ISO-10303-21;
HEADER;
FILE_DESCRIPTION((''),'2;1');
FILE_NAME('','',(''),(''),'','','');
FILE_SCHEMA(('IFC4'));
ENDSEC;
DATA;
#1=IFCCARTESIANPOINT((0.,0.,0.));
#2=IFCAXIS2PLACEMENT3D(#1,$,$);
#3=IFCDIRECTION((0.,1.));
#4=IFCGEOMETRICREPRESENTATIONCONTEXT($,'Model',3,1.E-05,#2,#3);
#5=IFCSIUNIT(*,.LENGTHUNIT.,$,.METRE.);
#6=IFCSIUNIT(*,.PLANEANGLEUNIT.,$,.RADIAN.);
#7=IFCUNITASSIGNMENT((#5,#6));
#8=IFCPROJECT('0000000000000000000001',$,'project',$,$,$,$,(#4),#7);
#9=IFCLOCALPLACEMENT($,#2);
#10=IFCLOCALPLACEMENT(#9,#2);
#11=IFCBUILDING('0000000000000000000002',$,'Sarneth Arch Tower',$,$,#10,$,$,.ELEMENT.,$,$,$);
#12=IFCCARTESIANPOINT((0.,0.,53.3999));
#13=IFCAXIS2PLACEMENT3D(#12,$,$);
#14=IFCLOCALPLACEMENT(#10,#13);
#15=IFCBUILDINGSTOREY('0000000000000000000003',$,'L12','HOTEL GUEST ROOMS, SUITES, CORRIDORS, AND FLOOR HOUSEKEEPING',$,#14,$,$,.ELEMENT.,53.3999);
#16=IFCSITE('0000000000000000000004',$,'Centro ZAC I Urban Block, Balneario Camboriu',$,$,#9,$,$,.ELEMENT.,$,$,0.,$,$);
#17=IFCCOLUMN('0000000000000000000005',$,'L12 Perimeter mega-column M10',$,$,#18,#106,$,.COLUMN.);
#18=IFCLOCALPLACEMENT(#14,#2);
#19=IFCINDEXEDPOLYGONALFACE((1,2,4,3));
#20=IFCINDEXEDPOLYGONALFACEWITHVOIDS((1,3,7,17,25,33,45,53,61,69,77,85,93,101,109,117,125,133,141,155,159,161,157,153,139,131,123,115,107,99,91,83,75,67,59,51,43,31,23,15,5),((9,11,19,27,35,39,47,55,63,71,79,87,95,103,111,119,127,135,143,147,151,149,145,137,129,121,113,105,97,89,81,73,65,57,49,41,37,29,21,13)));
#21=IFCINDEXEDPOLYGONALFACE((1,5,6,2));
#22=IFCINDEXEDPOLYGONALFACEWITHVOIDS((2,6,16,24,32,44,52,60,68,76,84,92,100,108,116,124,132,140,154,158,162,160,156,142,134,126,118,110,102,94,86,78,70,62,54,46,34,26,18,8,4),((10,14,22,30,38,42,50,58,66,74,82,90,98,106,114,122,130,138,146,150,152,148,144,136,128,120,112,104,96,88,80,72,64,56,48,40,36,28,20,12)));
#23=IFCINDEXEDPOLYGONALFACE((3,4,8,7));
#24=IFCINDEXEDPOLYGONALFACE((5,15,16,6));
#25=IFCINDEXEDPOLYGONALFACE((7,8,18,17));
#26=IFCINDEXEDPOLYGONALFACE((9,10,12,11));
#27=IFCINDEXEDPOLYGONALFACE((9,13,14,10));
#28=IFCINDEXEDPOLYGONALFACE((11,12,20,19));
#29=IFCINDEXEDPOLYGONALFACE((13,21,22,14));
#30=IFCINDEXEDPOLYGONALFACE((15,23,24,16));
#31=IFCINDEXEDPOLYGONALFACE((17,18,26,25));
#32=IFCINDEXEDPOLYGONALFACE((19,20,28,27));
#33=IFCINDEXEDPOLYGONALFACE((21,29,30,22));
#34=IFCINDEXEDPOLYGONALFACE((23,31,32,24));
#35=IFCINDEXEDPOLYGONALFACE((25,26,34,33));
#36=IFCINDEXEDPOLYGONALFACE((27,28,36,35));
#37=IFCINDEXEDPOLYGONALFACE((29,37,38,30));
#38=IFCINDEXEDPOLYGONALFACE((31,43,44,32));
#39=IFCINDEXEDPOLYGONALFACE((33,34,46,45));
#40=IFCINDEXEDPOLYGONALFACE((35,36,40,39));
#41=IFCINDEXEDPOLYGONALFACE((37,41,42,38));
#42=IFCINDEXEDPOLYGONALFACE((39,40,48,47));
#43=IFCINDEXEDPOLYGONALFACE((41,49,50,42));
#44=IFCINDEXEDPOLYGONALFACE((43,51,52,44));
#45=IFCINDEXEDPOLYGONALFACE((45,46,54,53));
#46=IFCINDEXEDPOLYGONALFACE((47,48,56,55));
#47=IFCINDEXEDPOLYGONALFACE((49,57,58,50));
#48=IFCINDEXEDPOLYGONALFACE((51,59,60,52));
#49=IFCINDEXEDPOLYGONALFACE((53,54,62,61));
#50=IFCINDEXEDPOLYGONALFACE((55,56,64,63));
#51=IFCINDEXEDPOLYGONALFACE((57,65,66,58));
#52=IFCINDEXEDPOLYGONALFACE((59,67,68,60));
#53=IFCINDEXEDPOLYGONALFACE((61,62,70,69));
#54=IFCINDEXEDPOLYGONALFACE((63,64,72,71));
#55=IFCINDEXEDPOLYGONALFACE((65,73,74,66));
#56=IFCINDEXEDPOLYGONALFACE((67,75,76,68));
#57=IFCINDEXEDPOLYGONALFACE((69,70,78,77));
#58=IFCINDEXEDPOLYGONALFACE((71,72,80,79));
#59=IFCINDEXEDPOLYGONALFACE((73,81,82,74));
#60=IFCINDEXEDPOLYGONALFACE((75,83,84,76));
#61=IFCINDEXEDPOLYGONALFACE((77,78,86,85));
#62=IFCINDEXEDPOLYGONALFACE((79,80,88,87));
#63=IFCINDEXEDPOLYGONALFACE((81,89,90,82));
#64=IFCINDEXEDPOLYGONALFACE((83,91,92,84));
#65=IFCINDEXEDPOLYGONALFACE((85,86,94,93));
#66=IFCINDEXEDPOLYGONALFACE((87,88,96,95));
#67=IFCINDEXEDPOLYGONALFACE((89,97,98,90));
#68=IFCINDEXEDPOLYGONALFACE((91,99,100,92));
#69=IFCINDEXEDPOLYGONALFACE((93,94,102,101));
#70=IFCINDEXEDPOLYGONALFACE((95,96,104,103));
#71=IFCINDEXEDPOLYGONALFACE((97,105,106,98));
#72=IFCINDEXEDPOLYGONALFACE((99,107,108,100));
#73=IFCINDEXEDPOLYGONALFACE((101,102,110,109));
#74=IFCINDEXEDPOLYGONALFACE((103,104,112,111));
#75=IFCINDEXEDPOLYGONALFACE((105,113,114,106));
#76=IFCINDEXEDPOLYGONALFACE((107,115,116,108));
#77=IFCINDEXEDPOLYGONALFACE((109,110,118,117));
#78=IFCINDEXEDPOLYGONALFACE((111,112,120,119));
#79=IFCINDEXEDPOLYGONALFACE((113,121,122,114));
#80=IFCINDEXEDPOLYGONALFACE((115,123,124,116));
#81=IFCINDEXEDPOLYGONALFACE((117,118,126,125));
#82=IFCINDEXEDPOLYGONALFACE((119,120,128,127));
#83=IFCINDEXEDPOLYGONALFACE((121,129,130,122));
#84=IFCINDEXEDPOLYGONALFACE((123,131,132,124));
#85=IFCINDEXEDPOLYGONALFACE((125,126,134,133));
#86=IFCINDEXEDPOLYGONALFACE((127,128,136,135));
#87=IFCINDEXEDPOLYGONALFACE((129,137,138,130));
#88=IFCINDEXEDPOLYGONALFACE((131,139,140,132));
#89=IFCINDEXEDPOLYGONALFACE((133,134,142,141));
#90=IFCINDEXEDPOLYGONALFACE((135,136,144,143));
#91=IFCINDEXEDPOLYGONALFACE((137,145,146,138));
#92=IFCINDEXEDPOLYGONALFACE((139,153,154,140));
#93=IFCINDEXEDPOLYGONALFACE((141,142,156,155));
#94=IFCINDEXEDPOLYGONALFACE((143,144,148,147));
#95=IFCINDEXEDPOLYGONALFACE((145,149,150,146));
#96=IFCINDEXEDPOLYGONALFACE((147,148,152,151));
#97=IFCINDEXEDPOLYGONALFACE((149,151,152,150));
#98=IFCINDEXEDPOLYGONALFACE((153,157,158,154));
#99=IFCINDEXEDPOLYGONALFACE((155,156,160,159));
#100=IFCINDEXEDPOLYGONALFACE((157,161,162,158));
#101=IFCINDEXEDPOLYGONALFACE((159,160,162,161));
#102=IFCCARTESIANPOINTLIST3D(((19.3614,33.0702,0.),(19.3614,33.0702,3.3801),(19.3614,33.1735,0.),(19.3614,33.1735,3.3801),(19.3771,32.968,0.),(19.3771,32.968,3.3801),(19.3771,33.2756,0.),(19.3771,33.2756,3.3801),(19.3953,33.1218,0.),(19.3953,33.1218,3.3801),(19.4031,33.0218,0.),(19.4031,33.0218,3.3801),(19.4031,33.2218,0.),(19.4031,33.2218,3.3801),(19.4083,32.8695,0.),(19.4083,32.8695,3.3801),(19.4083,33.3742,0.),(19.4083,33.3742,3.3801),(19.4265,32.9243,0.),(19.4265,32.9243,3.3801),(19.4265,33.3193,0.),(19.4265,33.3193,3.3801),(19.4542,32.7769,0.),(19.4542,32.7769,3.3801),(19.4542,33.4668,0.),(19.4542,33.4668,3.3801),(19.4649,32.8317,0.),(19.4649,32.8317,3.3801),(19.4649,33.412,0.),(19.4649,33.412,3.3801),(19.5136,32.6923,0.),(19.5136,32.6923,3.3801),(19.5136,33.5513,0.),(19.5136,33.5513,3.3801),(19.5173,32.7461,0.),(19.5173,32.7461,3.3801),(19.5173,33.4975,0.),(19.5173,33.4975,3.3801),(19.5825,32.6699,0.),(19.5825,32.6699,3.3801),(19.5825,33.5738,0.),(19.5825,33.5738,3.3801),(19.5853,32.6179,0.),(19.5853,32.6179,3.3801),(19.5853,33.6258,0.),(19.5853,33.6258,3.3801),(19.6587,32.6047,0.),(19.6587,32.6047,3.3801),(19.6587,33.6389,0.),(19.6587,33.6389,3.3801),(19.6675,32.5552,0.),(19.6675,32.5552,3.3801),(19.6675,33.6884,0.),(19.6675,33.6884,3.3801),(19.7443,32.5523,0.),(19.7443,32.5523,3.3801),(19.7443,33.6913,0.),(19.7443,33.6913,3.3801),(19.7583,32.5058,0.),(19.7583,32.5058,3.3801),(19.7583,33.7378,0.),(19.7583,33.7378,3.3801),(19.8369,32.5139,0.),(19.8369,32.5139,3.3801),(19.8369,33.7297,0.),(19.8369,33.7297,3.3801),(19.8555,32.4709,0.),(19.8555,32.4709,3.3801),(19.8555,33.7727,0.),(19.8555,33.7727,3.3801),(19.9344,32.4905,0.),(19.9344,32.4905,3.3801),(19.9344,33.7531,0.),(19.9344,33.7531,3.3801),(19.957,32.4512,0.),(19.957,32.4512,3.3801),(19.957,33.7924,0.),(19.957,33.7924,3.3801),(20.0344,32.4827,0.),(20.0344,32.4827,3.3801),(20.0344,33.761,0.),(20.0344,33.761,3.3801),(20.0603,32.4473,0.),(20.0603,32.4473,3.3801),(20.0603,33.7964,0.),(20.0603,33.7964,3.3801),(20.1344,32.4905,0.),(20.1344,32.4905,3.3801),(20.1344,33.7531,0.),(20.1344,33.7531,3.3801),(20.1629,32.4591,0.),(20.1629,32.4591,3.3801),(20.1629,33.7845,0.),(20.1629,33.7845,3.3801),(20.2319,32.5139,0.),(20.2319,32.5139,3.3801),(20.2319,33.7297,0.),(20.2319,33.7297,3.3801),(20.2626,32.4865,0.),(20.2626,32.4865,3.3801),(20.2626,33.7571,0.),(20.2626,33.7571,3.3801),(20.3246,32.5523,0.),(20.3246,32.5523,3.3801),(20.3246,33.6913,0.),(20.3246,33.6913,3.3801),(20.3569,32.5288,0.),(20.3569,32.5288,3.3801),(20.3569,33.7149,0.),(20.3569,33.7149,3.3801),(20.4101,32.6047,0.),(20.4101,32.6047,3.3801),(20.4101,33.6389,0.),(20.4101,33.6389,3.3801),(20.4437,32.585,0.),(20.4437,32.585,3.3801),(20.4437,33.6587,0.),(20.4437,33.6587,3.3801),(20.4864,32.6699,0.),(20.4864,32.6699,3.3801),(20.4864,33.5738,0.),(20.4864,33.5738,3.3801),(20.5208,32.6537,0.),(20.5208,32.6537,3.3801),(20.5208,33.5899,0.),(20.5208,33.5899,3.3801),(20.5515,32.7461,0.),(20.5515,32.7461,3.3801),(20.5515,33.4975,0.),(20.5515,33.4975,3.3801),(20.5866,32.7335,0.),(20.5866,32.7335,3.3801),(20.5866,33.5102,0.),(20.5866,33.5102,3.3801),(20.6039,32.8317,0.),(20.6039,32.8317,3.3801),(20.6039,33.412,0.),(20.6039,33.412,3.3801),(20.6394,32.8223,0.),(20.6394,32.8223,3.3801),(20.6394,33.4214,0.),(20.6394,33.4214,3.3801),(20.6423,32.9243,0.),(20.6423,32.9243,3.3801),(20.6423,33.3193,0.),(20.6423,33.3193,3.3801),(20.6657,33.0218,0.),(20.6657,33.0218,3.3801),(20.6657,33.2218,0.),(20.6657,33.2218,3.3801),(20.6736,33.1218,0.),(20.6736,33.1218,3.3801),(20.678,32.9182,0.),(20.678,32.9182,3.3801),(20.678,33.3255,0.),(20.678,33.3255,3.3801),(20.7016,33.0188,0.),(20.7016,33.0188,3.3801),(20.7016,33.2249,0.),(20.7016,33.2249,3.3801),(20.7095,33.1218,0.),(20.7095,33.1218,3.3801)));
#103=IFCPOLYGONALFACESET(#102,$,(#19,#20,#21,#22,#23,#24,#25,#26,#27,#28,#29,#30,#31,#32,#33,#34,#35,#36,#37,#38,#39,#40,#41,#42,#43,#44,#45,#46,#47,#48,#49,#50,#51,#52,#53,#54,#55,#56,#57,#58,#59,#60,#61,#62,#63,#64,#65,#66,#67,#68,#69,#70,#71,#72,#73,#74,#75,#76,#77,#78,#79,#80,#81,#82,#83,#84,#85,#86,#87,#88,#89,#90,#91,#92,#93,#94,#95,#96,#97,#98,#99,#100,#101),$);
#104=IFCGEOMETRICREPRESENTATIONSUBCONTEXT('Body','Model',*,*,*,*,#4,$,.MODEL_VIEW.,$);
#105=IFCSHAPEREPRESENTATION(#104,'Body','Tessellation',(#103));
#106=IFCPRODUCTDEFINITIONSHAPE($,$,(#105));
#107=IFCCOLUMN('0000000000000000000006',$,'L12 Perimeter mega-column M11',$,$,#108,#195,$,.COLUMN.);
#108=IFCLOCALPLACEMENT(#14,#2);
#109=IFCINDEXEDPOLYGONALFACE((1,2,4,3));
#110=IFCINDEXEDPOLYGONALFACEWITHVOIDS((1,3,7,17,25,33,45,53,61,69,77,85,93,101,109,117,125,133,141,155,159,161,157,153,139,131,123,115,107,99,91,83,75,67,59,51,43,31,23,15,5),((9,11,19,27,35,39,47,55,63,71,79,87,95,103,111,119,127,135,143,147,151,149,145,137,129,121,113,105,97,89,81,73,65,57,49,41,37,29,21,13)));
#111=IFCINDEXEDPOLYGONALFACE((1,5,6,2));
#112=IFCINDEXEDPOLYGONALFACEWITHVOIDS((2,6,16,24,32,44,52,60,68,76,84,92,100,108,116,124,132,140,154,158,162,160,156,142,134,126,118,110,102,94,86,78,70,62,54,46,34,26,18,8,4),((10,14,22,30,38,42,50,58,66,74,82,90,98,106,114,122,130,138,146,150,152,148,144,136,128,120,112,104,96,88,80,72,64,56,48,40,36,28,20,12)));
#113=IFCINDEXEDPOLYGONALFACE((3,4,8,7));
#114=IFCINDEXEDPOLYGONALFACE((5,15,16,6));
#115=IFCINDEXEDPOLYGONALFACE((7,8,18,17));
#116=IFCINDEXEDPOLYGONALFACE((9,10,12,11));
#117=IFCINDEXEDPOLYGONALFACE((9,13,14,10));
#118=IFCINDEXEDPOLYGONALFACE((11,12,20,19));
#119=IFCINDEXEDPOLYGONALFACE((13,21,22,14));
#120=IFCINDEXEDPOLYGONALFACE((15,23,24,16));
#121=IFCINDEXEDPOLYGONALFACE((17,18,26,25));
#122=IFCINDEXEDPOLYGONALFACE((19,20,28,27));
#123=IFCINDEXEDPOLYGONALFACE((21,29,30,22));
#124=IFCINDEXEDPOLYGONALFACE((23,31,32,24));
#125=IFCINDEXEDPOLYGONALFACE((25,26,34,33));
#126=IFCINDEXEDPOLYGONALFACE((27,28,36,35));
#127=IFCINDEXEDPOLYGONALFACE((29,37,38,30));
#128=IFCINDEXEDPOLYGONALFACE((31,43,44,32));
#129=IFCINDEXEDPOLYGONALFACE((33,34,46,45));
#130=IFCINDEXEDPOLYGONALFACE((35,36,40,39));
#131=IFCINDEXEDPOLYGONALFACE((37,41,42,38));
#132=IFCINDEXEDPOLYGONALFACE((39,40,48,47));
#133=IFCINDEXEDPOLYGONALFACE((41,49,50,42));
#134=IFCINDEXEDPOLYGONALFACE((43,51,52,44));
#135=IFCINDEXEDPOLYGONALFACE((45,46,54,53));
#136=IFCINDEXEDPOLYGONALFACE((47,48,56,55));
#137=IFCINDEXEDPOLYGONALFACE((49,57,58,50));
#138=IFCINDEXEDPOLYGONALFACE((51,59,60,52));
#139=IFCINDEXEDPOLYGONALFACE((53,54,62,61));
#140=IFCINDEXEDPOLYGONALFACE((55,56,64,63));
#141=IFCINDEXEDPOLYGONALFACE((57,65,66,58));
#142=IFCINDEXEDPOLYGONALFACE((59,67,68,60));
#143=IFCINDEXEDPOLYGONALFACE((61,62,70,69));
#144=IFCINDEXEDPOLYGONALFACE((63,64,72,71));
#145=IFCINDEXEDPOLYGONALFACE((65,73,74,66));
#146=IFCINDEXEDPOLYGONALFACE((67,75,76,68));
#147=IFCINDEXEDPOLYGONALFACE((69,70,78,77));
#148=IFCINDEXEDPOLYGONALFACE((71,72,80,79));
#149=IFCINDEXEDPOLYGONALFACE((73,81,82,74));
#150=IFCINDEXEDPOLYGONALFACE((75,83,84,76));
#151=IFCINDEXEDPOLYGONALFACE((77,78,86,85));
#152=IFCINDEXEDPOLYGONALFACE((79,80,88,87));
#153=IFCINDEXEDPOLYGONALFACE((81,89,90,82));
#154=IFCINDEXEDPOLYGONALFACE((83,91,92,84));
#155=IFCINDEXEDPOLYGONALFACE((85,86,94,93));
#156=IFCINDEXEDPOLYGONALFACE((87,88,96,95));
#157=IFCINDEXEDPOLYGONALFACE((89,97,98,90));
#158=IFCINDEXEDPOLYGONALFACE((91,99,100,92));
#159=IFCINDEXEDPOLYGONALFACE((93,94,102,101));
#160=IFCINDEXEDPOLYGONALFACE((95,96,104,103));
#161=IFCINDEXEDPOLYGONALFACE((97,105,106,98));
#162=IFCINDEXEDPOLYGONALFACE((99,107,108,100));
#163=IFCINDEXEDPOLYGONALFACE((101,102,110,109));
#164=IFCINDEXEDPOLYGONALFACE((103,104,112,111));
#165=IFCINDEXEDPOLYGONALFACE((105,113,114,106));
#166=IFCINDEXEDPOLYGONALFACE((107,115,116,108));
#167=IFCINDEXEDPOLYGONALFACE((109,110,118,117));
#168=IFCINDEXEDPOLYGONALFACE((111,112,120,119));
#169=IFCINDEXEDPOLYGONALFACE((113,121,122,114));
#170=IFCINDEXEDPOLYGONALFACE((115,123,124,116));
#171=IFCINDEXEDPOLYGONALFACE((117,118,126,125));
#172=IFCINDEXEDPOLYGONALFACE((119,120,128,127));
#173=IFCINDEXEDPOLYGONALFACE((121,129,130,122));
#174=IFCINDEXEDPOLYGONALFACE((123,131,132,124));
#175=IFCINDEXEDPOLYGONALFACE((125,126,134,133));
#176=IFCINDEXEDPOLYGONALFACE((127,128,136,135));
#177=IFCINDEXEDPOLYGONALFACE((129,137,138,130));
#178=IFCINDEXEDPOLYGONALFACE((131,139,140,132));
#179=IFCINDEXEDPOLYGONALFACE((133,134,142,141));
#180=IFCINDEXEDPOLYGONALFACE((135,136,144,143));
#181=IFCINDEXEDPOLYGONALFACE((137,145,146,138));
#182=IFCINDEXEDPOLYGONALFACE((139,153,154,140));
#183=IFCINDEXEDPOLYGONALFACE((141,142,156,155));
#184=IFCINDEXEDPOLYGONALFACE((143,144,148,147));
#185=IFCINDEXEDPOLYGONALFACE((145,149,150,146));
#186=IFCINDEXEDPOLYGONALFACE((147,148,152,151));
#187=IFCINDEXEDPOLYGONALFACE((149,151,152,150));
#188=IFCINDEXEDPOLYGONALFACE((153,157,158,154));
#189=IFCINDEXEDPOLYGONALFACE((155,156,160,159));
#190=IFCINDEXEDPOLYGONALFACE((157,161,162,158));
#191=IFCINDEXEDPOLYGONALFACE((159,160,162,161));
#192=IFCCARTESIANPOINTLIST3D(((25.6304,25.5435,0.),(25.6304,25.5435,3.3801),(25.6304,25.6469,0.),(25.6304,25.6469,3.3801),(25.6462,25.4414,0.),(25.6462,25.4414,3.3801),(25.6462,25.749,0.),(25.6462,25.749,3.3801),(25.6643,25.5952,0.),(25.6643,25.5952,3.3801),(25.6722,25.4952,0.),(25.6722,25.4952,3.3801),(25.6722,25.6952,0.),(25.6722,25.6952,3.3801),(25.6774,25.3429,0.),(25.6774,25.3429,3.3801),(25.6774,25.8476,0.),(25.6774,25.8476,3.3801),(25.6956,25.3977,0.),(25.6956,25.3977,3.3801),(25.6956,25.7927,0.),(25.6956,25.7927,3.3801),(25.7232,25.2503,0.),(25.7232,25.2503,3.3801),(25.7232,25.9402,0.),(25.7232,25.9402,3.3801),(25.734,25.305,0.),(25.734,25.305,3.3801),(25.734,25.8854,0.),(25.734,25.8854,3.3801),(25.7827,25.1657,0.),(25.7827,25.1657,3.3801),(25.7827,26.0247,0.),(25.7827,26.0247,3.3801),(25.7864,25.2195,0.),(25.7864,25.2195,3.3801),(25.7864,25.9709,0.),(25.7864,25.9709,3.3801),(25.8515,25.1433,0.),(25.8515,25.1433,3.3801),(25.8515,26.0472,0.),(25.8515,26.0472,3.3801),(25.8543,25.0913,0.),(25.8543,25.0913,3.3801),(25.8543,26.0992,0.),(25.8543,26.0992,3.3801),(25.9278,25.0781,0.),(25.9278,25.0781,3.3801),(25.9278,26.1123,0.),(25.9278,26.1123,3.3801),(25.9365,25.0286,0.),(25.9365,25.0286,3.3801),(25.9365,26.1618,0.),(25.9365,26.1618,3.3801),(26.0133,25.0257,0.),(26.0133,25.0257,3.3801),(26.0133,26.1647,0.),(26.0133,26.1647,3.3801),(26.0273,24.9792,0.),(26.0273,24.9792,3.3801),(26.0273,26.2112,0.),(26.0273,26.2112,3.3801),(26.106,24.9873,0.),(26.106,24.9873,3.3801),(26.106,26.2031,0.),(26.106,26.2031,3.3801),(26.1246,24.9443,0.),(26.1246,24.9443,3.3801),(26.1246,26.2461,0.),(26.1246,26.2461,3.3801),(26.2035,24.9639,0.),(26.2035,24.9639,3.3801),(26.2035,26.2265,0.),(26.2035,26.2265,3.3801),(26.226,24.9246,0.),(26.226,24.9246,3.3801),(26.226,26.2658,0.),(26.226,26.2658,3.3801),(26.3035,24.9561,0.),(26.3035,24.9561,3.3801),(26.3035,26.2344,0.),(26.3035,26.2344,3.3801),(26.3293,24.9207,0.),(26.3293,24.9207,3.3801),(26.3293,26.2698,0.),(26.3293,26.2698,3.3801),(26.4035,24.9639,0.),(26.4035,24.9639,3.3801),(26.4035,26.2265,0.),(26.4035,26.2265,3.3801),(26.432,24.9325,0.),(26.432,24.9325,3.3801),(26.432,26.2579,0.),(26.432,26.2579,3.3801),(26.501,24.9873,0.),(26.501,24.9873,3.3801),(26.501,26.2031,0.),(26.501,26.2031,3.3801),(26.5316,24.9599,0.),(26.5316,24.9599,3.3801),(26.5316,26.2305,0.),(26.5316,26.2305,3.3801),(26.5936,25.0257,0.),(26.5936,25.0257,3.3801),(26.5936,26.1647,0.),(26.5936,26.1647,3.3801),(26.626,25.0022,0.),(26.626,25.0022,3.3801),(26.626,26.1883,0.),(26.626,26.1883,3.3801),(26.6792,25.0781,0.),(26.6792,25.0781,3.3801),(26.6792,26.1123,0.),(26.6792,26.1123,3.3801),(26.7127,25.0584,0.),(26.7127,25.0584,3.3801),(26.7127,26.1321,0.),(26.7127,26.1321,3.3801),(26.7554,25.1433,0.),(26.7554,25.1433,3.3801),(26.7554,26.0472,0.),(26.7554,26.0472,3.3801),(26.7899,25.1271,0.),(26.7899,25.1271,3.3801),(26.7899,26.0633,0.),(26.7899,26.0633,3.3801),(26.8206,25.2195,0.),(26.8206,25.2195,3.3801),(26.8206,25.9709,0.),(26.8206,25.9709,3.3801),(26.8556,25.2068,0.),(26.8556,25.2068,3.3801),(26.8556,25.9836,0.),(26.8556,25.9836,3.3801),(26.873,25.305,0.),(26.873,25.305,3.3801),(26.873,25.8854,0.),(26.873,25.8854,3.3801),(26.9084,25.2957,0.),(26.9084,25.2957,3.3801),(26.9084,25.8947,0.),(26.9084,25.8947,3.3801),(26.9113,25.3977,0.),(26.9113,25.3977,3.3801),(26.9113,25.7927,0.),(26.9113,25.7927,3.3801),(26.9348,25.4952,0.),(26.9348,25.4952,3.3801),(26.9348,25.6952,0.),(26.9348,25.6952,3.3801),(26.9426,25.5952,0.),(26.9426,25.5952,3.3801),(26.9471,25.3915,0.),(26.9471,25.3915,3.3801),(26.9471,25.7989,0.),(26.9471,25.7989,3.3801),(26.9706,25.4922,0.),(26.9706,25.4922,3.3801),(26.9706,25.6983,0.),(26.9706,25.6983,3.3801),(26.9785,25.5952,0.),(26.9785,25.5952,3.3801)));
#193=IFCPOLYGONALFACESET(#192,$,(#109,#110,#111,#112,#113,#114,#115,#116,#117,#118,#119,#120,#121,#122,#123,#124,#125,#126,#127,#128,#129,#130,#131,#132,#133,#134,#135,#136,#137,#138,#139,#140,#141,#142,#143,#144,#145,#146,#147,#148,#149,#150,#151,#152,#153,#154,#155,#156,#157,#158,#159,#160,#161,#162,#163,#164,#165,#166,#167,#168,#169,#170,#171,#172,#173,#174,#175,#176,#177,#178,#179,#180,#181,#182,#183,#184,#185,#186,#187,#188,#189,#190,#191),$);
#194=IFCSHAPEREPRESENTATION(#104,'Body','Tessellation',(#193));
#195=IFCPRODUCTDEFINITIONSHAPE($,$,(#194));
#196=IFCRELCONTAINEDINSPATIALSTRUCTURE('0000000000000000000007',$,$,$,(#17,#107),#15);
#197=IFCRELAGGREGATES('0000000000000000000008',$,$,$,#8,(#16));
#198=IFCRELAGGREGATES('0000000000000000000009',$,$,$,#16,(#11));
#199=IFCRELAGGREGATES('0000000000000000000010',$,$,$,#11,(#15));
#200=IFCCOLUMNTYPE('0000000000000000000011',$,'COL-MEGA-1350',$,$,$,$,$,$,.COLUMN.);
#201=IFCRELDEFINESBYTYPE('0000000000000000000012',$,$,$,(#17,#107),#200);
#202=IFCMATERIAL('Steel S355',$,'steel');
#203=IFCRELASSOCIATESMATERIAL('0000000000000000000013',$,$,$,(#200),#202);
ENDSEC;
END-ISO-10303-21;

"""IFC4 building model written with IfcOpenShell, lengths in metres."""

from ifc_helpers import new_model, si_unit, direction, frame, origin, origin_2d, place, context, subcontext, project, spatial, hollow_circle, extrude, material, material_profile, profile_set, type_object, element, save


model = new_model("IFC4")

# Units and contexts
model_context = context("Model", 3, precision=1e-05, world=origin(), true_north=direction((0.0, 1.0)))
body_context = subcontext(model_context, "Body", "Model", "MODEL_VIEW")
ifc_project = project(units=[si_unit("LENGTHUNIT", "METRE"), si_unit("PLANEANGLEUNIT", "RADIAN")], contexts=[model_context])

# Site, building, storey
site_placement = place(None, origin())
site = spatial("IfcSite", under=ifc_project, at=site_placement, Name="Centro ZAC I Urban Block, Balneario Camboriu", CompositionType="ELEMENT", RefElevation=0.0)
building_placement = place(site_placement, origin())
building = spatial("IfcBuilding", under=site, at=building_placement, Name="Sarneth Arch Tower", CompositionType="ELEMENT")
storey_placement = place(building_placement, frame((0.0, 0.0, 53.3999)))
storey = spatial("IfcBuildingStorey", under=building, at=storey_placement, Name="L12", Description="HOTEL GUEST ROOMS, SUITES, CORRIDORS, AND FLOOR HOUSEKEEPING", CompositionType="ELEMENT", Elevation=53.3999)

# Columns
ifc_material_1 = material(Name="Steel S355", Category="steel")
ifc_material_profile_1 = material_profile(ifc_material_1, hollow_circle(Radius=0.675, WallThickness=0.0359, at=origin_2d()), Name="CHS1350x36")
ifc_profile_set_1 = profile_set([ifc_material_profile_1], Name="Steel S355")
column_type = type_object("IfcColumnType", Name="COL-MEGA-1350", PredefinedType="COLUMN", material=ifc_profile_set_1)
for number, where, z_axis, x_axis, name in (
    (1, (20.0344, 33.1218, 0.0), (0.0, 0.0, 1.0), (1.0, 0.0, 0.0), "L12 Perimeter mega-column M10"),
    (2, (26.3035, 25.5952, 0.0), (0.0, 0.0, 1.0), (1.0, 0.0, 0.0), "L12 Perimeter mega-column M11"),
):
    element("IfcColumn", number, at=place(storey_placement, frame(where, z_axis=z_axis, x_axis=x_axis)), inside=storey, type_object=column_type, Name=name, PredefinedType="COLUMN", context=body_context, shape_type="SweptSolid", body=[
        extrude(hollow_circle(Radius=0.675, WallThickness=0.0359, at=origin_2d()), origin(), (0.0, 0.0, 1.0), 3.3801),
    ])

save(model, "model.ifc")
